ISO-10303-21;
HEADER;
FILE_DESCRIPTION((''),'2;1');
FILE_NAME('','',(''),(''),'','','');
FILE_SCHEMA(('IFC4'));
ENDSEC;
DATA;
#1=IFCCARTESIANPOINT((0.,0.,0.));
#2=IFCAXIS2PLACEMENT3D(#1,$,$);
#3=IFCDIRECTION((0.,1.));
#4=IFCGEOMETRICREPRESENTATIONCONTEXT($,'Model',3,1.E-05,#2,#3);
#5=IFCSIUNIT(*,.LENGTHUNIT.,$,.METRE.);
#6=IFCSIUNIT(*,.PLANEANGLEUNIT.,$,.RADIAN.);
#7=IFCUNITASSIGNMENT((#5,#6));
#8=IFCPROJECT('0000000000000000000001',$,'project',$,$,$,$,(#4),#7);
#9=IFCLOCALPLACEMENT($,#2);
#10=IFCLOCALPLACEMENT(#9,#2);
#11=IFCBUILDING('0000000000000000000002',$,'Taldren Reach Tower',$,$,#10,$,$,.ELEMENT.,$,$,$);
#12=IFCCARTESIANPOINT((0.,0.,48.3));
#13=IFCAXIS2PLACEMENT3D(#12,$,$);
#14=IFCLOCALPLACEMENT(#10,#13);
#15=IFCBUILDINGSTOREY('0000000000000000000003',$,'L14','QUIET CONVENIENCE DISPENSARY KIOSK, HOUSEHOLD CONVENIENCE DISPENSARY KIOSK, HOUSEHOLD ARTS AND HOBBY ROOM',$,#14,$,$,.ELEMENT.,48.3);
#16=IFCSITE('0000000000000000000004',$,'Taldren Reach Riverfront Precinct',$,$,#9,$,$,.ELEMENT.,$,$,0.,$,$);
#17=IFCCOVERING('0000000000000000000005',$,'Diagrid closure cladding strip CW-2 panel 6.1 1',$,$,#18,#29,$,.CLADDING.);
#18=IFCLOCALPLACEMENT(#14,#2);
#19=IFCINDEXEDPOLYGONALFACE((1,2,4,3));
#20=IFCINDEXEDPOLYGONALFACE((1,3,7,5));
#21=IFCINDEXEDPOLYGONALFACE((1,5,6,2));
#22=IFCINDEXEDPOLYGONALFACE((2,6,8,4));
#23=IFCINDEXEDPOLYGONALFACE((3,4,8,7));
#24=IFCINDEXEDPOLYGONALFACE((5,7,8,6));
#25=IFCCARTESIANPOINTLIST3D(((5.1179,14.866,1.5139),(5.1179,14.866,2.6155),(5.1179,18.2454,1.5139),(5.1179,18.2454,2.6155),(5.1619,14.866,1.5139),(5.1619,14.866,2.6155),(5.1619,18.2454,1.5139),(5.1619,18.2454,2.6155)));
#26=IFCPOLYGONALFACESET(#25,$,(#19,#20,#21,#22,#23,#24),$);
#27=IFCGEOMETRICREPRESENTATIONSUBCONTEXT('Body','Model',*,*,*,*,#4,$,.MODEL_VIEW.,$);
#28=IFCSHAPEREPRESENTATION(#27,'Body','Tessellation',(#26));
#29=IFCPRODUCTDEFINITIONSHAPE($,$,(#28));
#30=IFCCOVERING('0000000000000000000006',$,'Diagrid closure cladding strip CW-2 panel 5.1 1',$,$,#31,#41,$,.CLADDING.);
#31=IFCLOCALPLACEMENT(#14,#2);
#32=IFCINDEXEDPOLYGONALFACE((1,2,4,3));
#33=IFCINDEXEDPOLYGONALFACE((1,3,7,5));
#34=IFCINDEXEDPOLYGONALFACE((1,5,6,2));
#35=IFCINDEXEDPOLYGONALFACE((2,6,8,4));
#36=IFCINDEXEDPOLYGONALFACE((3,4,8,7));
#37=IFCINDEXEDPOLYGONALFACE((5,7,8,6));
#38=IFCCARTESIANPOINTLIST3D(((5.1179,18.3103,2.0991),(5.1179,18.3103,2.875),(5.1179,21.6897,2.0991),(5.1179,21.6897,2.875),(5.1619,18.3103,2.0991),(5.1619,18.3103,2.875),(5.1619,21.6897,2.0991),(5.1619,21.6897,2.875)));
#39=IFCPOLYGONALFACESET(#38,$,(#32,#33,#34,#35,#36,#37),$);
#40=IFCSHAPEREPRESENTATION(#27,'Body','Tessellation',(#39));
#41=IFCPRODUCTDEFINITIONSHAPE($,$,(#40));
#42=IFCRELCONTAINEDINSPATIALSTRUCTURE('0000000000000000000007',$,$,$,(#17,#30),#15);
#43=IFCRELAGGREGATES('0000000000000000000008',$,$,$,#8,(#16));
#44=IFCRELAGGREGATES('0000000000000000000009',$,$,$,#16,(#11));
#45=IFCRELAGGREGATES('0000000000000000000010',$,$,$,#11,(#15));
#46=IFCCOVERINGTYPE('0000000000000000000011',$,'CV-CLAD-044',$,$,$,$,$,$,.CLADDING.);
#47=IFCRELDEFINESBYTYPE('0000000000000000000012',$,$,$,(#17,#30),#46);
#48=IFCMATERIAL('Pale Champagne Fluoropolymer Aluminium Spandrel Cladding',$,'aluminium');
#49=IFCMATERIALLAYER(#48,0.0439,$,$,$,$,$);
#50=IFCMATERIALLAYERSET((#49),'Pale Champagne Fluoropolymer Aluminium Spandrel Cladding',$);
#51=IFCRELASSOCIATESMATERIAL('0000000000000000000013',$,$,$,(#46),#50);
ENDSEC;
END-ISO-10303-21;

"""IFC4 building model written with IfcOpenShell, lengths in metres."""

from ifc_helpers import new_model, si_unit, direction, frame, origin, origin_2d, place, context, subcontext, project, spatial, rectangle, extrude, source, transform, mapped, material, layer, layer_set, type_object, element, save


model = new_model("IFC4")

# Units and contexts
model_context = context("Model", 3, precision=1e-05, world=origin(), true_north=direction((0.0, 1.0)))
body_context = subcontext(model_context, "Body", "Model", "MODEL_VIEW")
ifc_project = project(units=[si_unit("LENGTHUNIT", "METRE"), si_unit("PLANEANGLEUNIT", "RADIAN")], contexts=[model_context])

# Site, building, storey
site_placement = place(None, origin())
site = spatial("IfcSite", under=ifc_project, at=site_placement, Name="Taldren Reach Riverfront Precinct", CompositionType="ELEMENT", RefElevation=0.0)
building_placement = place(site_placement, origin())
building = spatial("IfcBuilding", under=site, at=building_placement, Name="Taldren Reach Tower", CompositionType="ELEMENT")
storey_placement = place(building_placement, frame((0.0, 0.0, 48.3)))
storey = spatial("IfcBuildingStorey", under=building, at=storey_placement, Name="L14", Description="QUIET CONVENIENCE DISPENSARY KIOSK, HOUSEHOLD CONVENIENCE DISPENSARY KIOSK, HOUSEHOLD ARTS AND HOBBY ROOM", CompositionType="ELEMENT", Elevation=48.3)

# Coverings
ifc_material_1 = material(Name="Pale Champagne Fluoropolymer Aluminium Spandrel Cladding", Category="aluminium")
ifc_layer_1 = layer(ifc_material_1, 0.0439)
ifc_layer_set_1 = layer_set([ifc_layer_1], Name="Pale Champagne Fluoropolymer Aluminium Spandrel Cladding")
covering_type = type_object("IfcCoveringType", Name="CV-CLAD-044", PredefinedType="CLADDING", material=ifc_layer_set_1)
shared_shape_1 = source(origin(), body_context, "Body", "SweptSolid", [
    extrude(rectangle(XDim=3.3794, YDim=0.0439, at=origin_2d()), origin(), (0.0, 0.0, 1.0), 1.1016),
])
covering_1_placement = place(storey_placement, frame((5.1399, 16.5557, 1.5139), z_axis=(0.0, 0.0, 1.0), x_axis=(0.0, -1.0, 0.0)))
element("IfcCovering", 1, at=covering_1_placement, inside=storey, type_object=covering_type, Name="Diagrid closure cladding strip CW-2 panel 6.1 1", PredefinedType="CLADDING", context=body_context, shape_type="MappedRepresentation", body=[
    mapped(shared_shape_1, transform((0.0, 0.0, 0.0), scale=1.0)),
])
shared_shape_2 = source(origin(), body_context, "Body", "SweptSolid", [
    extrude(rectangle(XDim=3.3794, YDim=0.0439, at=origin_2d()), origin(), (0.0, 0.0, 1.0), 0.7759),
])
covering_2_placement = place(storey_placement, frame((5.1399, 20.0, 2.0991), z_axis=(0.0, 0.0, 1.0), x_axis=(0.0, -1.0, 0.0)))
element("IfcCovering", 2, at=covering_2_placement, inside=storey, type_object=covering_type, Name="Diagrid closure cladding strip CW-2 panel 5.1 1", PredefinedType="CLADDING", context=body_context, shape_type="MappedRepresentation", body=[
    mapped(shared_shape_2, transform((0.0, 0.0, 0.0), scale=1.0)),
])

save(model, "model.ifc")
